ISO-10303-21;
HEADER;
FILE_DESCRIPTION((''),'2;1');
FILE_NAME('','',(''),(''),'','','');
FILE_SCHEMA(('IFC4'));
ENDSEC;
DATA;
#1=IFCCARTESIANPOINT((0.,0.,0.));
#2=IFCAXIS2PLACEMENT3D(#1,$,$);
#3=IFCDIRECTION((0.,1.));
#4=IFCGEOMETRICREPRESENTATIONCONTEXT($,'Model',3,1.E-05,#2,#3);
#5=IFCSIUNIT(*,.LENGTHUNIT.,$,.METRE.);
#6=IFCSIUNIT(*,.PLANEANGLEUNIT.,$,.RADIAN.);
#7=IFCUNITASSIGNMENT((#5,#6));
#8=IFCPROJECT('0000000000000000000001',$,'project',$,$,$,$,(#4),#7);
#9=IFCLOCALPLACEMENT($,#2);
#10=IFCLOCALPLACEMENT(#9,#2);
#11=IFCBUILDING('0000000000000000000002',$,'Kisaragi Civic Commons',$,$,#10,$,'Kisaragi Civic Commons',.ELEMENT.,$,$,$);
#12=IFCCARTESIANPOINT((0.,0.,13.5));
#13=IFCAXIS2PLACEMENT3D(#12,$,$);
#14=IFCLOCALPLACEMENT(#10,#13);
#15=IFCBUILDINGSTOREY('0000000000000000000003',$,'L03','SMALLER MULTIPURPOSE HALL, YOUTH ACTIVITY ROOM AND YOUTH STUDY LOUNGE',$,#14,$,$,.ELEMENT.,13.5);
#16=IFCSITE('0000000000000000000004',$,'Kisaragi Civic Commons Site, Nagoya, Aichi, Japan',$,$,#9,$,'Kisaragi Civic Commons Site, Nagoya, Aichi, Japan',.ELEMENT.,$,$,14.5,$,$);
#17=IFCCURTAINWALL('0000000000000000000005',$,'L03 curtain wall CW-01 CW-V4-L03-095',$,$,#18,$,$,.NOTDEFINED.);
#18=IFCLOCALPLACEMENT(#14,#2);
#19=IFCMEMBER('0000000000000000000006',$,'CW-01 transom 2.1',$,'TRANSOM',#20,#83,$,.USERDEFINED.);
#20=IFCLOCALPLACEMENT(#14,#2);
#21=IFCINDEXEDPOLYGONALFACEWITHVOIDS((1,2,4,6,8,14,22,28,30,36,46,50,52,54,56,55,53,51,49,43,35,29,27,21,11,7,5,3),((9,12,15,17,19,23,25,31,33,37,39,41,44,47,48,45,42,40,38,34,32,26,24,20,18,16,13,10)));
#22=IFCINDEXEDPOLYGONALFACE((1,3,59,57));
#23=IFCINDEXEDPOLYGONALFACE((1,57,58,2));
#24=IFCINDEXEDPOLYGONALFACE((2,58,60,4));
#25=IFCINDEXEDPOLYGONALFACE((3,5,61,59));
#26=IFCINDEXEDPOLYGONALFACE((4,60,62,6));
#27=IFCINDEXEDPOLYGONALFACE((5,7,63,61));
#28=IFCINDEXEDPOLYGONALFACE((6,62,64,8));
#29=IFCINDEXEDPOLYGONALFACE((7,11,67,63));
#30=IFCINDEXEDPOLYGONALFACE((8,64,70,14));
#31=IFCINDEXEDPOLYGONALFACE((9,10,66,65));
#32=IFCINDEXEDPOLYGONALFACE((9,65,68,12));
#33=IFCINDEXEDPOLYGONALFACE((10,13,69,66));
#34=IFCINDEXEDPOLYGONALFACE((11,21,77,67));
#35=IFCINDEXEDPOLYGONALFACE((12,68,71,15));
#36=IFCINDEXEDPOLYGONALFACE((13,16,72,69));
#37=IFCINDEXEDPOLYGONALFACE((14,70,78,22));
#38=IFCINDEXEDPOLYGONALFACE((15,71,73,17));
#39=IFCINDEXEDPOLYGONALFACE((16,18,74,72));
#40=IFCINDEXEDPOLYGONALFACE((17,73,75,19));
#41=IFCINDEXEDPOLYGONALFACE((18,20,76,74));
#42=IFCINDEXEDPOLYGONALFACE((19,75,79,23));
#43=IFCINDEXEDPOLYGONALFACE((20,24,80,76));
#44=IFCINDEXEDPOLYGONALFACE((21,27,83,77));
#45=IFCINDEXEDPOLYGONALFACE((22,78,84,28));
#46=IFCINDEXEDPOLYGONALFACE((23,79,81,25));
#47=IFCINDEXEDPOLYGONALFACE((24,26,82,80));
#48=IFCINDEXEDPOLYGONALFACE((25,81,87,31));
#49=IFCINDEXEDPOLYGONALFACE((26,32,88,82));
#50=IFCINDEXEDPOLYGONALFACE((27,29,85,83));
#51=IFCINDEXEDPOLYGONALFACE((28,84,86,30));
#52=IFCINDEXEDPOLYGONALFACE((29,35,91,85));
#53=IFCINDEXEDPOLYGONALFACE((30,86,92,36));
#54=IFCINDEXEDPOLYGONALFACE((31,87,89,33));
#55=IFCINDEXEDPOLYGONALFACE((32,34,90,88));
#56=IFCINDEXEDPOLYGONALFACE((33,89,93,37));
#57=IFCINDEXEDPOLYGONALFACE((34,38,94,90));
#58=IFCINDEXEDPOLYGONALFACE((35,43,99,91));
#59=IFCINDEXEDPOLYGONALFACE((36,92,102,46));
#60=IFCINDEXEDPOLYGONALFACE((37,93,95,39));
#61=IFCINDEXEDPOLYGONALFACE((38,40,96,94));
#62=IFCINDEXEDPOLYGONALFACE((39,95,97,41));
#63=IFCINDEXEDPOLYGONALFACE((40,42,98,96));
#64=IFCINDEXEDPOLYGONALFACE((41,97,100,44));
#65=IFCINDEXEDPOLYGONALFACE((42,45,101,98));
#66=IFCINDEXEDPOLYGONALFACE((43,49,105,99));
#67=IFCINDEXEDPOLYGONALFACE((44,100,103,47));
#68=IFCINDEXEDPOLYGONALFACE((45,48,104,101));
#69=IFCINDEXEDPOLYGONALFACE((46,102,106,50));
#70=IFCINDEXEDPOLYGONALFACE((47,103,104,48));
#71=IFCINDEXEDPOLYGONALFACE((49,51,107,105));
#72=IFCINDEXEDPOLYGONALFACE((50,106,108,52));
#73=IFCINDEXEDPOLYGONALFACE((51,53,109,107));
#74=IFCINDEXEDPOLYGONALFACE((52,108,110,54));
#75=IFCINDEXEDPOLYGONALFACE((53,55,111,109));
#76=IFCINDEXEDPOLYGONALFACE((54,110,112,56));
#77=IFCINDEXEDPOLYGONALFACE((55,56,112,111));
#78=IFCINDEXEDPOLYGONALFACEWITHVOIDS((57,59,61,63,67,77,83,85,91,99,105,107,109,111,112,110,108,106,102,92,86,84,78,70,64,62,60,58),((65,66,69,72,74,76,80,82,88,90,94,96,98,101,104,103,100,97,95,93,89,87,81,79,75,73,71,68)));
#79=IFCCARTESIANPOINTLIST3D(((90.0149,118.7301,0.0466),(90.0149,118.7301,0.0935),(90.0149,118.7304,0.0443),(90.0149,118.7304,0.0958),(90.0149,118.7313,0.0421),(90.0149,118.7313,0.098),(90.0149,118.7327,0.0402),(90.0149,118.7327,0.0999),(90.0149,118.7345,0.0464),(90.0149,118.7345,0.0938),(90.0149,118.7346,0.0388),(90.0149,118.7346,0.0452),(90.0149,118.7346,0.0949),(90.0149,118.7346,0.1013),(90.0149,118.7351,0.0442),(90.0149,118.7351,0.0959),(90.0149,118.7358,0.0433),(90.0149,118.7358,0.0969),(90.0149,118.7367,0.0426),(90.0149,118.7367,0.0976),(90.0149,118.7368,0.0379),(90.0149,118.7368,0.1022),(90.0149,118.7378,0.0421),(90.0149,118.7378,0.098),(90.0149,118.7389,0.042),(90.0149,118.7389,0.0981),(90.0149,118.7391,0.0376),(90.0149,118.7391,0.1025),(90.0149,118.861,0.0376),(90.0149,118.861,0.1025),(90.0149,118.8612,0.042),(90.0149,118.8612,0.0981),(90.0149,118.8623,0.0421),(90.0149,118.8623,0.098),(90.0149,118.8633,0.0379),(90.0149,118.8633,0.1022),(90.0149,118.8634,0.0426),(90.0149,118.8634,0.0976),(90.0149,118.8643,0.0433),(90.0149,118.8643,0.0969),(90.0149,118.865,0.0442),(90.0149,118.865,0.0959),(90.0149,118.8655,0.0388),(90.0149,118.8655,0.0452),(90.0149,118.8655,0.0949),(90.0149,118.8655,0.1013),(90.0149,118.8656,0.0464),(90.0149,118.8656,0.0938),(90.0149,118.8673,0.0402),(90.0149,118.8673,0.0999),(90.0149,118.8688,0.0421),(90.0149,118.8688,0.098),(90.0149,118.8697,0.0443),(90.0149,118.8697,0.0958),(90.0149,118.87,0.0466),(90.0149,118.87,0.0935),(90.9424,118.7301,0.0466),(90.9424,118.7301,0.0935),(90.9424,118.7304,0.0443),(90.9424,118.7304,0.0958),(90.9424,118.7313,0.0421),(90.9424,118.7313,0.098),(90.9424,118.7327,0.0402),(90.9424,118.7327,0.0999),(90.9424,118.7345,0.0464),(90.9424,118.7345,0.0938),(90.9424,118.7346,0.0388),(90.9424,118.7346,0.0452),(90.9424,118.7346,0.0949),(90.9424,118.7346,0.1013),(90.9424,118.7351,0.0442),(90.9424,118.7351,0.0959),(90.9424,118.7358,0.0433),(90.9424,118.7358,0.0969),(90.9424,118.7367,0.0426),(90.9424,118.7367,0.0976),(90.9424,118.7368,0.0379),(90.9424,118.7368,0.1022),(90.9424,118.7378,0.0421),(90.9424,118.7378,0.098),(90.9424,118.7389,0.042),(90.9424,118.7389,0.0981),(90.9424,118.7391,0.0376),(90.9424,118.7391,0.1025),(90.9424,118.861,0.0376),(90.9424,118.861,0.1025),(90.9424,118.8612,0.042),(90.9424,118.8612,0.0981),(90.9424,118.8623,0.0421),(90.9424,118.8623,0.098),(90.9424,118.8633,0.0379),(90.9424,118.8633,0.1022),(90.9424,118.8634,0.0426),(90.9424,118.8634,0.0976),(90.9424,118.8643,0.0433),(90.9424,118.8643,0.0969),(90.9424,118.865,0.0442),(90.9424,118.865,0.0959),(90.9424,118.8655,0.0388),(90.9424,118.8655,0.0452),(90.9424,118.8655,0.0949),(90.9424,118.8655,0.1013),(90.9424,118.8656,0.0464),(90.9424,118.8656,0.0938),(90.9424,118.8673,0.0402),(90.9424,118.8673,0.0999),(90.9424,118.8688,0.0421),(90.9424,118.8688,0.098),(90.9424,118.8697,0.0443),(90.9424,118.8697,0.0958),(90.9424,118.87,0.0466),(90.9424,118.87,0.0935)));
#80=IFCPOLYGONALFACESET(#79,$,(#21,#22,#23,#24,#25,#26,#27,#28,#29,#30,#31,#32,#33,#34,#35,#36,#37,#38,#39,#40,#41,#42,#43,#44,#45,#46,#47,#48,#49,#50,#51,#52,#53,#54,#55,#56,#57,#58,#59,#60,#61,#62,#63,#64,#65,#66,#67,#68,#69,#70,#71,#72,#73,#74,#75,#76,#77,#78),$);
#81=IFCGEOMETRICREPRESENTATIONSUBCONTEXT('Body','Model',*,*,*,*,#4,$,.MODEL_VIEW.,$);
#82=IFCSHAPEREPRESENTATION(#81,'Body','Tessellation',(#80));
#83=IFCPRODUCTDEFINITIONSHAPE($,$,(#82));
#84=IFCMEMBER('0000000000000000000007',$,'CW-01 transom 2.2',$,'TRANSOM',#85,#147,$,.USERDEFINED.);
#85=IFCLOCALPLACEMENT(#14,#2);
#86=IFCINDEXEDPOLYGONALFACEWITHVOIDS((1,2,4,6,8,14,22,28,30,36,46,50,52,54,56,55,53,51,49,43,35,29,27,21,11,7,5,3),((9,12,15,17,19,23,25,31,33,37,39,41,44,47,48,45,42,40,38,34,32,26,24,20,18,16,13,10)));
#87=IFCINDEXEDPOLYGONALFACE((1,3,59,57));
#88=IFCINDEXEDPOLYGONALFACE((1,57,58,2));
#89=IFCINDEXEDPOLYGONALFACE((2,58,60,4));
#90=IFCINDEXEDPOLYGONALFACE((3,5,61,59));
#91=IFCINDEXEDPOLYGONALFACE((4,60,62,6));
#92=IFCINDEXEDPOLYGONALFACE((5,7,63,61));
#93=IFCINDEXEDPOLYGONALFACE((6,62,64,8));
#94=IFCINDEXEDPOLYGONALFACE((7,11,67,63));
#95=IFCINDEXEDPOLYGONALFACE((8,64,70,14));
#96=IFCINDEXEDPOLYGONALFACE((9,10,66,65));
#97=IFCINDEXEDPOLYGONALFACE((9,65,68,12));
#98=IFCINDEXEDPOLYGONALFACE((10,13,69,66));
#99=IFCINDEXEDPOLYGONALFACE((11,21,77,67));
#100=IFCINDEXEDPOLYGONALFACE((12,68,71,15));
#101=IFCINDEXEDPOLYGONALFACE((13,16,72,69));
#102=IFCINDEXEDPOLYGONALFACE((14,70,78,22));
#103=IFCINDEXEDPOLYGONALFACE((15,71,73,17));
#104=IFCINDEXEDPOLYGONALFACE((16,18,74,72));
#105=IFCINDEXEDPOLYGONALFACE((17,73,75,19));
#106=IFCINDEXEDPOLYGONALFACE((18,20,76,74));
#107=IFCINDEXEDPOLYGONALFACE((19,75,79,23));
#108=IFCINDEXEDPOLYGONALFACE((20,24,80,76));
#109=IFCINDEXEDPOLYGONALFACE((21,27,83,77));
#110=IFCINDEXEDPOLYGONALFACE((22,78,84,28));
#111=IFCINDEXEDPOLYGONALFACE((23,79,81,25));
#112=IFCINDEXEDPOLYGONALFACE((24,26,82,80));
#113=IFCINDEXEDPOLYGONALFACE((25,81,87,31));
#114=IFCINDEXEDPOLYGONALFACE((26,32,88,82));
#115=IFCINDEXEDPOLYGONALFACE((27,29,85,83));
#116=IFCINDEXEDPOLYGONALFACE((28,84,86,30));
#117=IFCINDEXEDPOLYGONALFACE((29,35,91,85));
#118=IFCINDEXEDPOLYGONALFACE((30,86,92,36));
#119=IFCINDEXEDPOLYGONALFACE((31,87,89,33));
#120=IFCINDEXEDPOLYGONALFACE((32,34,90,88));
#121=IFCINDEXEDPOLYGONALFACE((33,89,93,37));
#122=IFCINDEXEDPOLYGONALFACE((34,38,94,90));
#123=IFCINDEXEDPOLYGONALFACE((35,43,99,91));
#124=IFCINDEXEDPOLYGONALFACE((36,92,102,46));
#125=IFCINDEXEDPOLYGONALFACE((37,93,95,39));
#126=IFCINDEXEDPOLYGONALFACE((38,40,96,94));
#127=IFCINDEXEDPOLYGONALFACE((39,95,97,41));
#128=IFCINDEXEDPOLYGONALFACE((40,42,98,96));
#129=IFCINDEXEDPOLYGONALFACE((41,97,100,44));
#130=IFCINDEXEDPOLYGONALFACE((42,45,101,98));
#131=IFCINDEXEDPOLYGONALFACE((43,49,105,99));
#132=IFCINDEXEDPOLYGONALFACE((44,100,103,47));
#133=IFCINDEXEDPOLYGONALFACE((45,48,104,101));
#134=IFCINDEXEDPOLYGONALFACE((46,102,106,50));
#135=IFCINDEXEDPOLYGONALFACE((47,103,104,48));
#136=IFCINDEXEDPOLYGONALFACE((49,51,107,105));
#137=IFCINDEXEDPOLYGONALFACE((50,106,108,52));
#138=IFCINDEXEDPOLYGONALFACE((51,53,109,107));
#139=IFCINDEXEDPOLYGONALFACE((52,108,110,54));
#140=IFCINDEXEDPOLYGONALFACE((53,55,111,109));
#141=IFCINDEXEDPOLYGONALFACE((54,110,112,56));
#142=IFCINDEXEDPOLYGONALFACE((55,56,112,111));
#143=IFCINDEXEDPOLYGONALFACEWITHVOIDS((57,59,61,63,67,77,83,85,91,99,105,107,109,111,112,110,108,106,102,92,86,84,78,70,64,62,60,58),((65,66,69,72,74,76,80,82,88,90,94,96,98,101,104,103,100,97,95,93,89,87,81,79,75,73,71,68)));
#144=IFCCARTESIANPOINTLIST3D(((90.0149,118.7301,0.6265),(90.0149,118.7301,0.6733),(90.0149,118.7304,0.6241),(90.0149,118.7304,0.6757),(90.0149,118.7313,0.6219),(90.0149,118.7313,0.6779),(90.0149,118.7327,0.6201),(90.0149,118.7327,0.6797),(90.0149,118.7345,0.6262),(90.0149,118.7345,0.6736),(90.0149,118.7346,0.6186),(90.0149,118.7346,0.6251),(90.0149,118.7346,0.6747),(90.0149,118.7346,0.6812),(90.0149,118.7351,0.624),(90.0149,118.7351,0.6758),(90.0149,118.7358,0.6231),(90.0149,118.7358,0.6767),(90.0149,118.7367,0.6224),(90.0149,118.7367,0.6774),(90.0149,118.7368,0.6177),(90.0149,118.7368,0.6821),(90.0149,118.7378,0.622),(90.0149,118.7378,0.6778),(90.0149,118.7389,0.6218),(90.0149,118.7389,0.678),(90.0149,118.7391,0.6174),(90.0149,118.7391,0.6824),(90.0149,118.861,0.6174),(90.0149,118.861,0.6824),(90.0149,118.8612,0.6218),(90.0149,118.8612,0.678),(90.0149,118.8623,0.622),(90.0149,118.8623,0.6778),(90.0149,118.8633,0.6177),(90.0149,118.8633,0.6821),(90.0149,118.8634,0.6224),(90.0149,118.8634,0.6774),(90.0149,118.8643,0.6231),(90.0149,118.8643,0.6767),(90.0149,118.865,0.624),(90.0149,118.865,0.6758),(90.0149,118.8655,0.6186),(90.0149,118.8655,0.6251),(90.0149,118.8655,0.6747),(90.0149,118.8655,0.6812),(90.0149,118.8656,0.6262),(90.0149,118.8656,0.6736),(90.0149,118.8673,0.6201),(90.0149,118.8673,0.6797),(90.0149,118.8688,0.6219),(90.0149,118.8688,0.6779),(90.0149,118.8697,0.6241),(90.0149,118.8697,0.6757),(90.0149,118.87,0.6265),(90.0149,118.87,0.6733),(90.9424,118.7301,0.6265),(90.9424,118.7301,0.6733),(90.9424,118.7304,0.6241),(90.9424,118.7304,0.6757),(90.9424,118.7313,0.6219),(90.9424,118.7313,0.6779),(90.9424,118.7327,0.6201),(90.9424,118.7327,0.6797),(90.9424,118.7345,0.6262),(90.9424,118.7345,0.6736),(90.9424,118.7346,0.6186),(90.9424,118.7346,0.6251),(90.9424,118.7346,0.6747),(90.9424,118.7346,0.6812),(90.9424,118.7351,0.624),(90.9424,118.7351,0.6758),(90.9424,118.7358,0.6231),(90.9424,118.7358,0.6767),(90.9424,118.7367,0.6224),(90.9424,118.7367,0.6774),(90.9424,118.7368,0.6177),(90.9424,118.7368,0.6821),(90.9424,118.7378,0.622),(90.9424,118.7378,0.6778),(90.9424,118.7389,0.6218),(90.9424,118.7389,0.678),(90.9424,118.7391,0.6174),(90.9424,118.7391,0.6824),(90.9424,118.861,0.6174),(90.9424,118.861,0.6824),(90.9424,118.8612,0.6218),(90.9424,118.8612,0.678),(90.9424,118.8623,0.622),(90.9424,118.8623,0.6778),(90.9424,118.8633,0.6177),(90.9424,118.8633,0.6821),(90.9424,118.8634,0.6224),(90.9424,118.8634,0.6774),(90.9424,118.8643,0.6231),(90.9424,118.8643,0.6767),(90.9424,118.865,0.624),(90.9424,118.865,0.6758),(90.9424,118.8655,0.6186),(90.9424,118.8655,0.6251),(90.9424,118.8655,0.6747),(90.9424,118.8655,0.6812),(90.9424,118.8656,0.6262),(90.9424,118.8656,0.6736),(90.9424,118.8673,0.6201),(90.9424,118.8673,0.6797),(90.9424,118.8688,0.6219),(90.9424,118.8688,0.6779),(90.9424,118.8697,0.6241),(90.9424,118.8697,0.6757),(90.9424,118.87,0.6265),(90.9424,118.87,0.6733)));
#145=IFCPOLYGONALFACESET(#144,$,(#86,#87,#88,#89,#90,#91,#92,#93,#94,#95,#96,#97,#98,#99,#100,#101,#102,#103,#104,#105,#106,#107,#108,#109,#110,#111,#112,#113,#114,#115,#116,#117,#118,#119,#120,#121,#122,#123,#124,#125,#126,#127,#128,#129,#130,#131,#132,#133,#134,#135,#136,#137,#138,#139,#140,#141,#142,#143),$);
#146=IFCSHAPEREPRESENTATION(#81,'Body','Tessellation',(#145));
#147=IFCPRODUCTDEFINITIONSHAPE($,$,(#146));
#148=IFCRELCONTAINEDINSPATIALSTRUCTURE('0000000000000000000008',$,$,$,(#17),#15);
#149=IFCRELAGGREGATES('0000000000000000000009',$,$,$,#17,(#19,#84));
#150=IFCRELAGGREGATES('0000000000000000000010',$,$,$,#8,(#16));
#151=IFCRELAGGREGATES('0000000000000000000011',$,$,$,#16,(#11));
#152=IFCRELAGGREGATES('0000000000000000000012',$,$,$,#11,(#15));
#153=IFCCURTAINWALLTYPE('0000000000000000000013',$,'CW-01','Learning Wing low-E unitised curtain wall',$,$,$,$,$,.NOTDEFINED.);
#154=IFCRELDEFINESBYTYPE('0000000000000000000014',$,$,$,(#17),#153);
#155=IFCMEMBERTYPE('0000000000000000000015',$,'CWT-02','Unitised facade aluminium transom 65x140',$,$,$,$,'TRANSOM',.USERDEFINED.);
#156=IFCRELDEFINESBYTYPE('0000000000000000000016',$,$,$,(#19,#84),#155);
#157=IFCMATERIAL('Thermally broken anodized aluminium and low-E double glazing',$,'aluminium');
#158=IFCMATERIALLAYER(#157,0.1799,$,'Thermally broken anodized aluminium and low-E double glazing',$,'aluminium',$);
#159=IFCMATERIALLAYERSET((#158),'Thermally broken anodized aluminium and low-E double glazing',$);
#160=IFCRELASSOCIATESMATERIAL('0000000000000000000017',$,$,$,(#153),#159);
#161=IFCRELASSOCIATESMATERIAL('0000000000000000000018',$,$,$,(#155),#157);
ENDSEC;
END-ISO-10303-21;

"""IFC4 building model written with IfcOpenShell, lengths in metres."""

from ifc_helpers import new_model, si_unit, direction, frame, origin, origin_2d, place, context, subcontext, project, spatial, hollow_rectangle, extrude, material, layer, layer_set, material_profile, profile_set, type_object, element, aggregate, save


model = new_model("IFC4")

# Units and contexts
model_context = context("Model", 3, precision=1e-05, world=origin(), true_north=direction((0.0, 1.0)))
body_context = subcontext(model_context, "Body", "Model", "MODEL_VIEW")
ifc_project = project(units=[si_unit("LENGTHUNIT", "METRE"), si_unit("PLANEANGLEUNIT", "RADIAN")], contexts=[model_context])

# Site, building, storey
site_placement = place(None, origin())
site = spatial("IfcSite", under=ifc_project, at=site_placement, Name="Kisaragi Civic Commons Site, Nagoya, Aichi, Japan", LongName="Kisaragi Civic Commons Site, Nagoya, Aichi, Japan", CompositionType="ELEMENT", RefElevation=14.5)
building_placement = place(site_placement, origin())
building = spatial("IfcBuilding", under=site, at=building_placement, Name="Kisaragi Civic Commons", LongName="Kisaragi Civic Commons", CompositionType="ELEMENT")
storey_placement = place(building_placement, frame((0.0, 0.0, 13.5)))
storey = spatial("IfcBuildingStorey", under=building, at=storey_placement, Name="L03", Description="SMALLER MULTIPURPOSE HALL, YOUTH ACTIVITY ROOM AND YOUTH STUDY LOUNGE", CompositionType="ELEMENT", Elevation=13.5)

# Curtain wall, members
ifc_material_1 = material(Name="Thermally broken anodized aluminium and low-E double glazing", Category="aluminium")
ifc_layer_1 = layer(ifc_material_1, 0.1799, Name="Thermally broken anodized aluminium and low-E double glazing", Category="aluminium")
ifc_layer_set_1 = layer_set([ifc_layer_1], Name="Thermally broken anodized aluminium and low-E double glazing")
curtain_wall_type = type_object("IfcCurtainWallType", Name="CW-01", Description="Learning Wing low-E unitised curtain wall", PredefinedType="NOTDEFINED", material=ifc_layer_set_1)
curtain_wall_placement = place(storey_placement, origin())
curtain_wall = element("IfcCurtainWall", 1, at=curtain_wall_placement, inside=storey, type_object=curtain_wall_type, Name="L03 curtain wall CW-01 CW-V4-L03-095", PredefinedType="NOTDEFINED")
ifc_material_profile_1 = material_profile(ifc_material_1, hollow_rectangle(XDim=0.1399, YDim=0.0649, WallThickness=0.0044, InnerFilletRadius=0.0044, OuterFilletRadius=0.009, at=origin_2d()), Name="CWT-65x140x4.5", Category="aluminium")
ifc_profile_set_1 = profile_set([ifc_material_profile_1], Name="Thermally broken anodized aluminium and low-E double glazing")
member_type_1 = type_object("IfcMemberType", Name="CWT-02", Description="Unitised facade aluminium transom 65x140", ElementType="TRANSOM", PredefinedType="USERDEFINED", material=ifc_profile_set_1)
member_1_placement = place(storey_placement, frame((90.0149, 118.8, 0.0701), z_axis=(1.0, 0.0, 0.0), x_axis=(0.0, 1.0, 0.0)))
member_1 = element("IfcMember", 2, at=member_1_placement, type_object=member_type_1, Name="CW-01 transom 2.1", ObjectType="TRANSOM", PredefinedType="USERDEFINED", context=body_context, shape_type="SweptSolid", body=[
    extrude(hollow_rectangle(XDim=0.1399, YDim=0.0649, WallThickness=0.0044, InnerFilletRadius=0.0044, OuterFilletRadius=0.009, at=origin_2d()), origin(), (0.0, 0.0, 1.0), 0.9275),
])
member_2_placement = place(storey_placement, frame((90.0149, 118.8, 0.6499), z_axis=(1.0, 0.0, 0.0), x_axis=(0.0, 1.0, 0.0)))
member_2 = element("IfcMember", 3, at=member_2_placement, type_object=member_type_1, Name="CW-01 transom 2.2", ObjectType="TRANSOM", PredefinedType="USERDEFINED", context=body_context, shape_type="SweptSolid", body=[
    extrude(hollow_rectangle(XDim=0.1399, YDim=0.0649, WallThickness=0.0044, InnerFilletRadius=0.0044, OuterFilletRadius=0.009, at=origin_2d()), origin(), (0.0, 0.0, 1.0), 0.9275),
])

aggregate(curtain_wall, [member_1, member_2])

save(model, "model.ifc")
